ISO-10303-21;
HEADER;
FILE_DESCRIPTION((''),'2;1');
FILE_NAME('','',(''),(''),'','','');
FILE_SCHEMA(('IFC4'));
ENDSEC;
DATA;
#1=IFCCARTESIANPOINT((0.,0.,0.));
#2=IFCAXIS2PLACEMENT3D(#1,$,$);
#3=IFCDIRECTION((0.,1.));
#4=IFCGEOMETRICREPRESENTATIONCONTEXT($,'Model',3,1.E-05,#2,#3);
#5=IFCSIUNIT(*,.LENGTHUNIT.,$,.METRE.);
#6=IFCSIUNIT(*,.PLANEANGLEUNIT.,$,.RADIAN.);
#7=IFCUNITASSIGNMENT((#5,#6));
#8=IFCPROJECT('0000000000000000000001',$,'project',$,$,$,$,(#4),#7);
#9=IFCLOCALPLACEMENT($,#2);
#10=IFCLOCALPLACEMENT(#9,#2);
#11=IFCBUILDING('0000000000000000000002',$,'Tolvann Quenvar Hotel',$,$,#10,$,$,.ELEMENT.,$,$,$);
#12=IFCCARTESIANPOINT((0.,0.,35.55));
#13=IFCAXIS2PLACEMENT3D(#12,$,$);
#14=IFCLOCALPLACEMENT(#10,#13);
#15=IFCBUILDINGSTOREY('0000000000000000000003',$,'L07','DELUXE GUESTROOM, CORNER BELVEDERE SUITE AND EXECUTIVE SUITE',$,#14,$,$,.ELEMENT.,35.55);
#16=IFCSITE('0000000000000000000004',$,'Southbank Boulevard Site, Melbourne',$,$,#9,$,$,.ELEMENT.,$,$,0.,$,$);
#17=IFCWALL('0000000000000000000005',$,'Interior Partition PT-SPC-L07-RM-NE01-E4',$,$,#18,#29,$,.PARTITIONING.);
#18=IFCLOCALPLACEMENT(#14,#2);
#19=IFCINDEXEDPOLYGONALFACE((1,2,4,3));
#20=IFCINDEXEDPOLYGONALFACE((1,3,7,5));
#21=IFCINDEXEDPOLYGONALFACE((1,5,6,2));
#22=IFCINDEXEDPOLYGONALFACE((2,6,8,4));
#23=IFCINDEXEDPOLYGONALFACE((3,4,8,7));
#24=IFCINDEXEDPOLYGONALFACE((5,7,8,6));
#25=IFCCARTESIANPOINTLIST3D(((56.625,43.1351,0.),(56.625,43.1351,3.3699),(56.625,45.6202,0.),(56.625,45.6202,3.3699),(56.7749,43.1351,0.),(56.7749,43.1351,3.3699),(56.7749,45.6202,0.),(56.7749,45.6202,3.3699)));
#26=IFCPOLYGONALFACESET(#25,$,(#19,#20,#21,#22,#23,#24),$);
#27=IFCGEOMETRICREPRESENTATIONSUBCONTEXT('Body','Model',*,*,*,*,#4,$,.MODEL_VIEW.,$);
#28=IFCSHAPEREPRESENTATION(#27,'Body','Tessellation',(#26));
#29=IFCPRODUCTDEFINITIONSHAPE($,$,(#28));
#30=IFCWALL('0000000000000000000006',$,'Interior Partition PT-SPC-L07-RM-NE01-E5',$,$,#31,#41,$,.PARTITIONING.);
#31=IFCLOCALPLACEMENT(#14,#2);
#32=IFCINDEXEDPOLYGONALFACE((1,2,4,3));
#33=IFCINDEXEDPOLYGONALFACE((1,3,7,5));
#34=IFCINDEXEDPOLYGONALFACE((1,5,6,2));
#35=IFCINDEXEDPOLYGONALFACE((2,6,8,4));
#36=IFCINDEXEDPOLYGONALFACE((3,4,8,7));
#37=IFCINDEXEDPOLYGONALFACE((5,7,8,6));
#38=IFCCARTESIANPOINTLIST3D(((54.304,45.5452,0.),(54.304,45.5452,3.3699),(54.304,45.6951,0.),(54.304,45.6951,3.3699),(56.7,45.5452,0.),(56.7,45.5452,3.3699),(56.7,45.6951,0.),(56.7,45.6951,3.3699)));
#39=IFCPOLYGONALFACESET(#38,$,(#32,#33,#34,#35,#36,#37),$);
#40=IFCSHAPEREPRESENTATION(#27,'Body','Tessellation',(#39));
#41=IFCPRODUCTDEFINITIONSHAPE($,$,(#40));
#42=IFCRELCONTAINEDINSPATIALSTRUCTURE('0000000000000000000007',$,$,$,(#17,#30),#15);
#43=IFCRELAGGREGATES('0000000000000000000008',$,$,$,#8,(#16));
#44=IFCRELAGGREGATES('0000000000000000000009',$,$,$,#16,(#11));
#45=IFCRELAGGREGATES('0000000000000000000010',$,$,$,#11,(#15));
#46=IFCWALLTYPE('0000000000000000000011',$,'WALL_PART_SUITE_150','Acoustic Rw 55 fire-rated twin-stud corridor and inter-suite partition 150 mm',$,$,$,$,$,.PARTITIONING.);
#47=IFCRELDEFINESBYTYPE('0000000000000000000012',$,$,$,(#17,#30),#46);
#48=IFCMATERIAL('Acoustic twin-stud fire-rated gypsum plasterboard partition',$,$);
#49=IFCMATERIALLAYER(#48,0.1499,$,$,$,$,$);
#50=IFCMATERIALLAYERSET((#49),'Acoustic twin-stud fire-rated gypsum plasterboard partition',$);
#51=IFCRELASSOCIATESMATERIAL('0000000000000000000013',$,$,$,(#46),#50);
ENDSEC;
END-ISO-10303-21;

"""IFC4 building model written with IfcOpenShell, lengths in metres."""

from ifc_helpers import new_model, si_unit, direction, frame, frame_2d, origin, place, context, subcontext, project, spatial, rectangle, extrude, material, layer, layer_set, type_object, element, save


model = new_model("IFC4")

# Units and contexts
model_context = context("Model", 3, precision=1e-05, world=origin(), true_north=direction((0.0, 1.0)))
body_context = subcontext(model_context, "Body", "Model", "MODEL_VIEW")
ifc_project = project(units=[si_unit("LENGTHUNIT", "METRE"), si_unit("PLANEANGLEUNIT", "RADIAN")], contexts=[model_context])

# Site, building, storey
site_placement = place(None, origin())
site = spatial("IfcSite", under=ifc_project, at=site_placement, Name="Southbank Boulevard Site, Melbourne", CompositionType="ELEMENT", RefElevation=0.0)
building_placement = place(site_placement, origin())
building = spatial("IfcBuilding", under=site, at=building_placement, Name="Tolvann Quenvar Hotel", CompositionType="ELEMENT")
storey_placement = place(building_placement, frame((0.0, 0.0, 35.55)))
storey = spatial("IfcBuildingStorey", under=building, at=storey_placement, Name="L07", Description="DELUXE GUESTROOM, CORNER BELVEDERE SUITE AND EXECUTIVE SUITE", CompositionType="ELEMENT", Elevation=35.55)

# Walls
ifc_material_1 = material(Name="Acoustic twin-stud fire-rated gypsum plasterboard partition")
ifc_layer_1 = layer(ifc_material_1, 0.1499)
ifc_layer_set_1 = layer_set([ifc_layer_1], Name="Acoustic twin-stud fire-rated gypsum plasterboard partition")
wall_type_1 = type_object("IfcWallType", Name="WALL_PART_SUITE_150", Description="Acoustic Rw 55 fire-rated twin-stud corridor and inter-suite partition 150 mm", PredefinedType="PARTITIONING", material=ifc_layer_set_1)
wall_1_placement = place(storey_placement, frame((56.7, 43.135, 0.0), z_axis=(0.0, 0.0, 1.0), x_axis=(0.0, 1.0, 0.0)))
element("IfcWall", 1, at=wall_1_placement, inside=storey, type_object=wall_type_1, Name="Interior Partition PT-SPC-L07-RM-NE01-E4", PredefinedType="PARTITIONING", context=body_context, shape_type="SweptSolid", body=[
    extrude(rectangle(XDim=2.4851, YDim=0.1499, at=frame_2d((1.2427, 0.0))), origin(), (0.0, 0.0, 1.0), 3.3699),
])
wall_2_placement = place(storey_placement, frame((54.304, 45.6201, 0.0), z_axis=(0.0, 0.0, 1.0), x_axis=(1.0, 0.0, 0.0)))
element("IfcWall", 2, at=wall_2_placement, inside=storey, type_object=wall_type_1, Name="Interior Partition PT-SPC-L07-RM-NE01-E5", PredefinedType="PARTITIONING", context=body_context, shape_type="SweptSolid", body=[
    extrude(rectangle(XDim=2.396, YDim=0.1499, at=frame_2d((1.198, 0.0))), origin(), (0.0, 0.0, 1.0), 3.3699),
])

save(model, "model.ifc")
